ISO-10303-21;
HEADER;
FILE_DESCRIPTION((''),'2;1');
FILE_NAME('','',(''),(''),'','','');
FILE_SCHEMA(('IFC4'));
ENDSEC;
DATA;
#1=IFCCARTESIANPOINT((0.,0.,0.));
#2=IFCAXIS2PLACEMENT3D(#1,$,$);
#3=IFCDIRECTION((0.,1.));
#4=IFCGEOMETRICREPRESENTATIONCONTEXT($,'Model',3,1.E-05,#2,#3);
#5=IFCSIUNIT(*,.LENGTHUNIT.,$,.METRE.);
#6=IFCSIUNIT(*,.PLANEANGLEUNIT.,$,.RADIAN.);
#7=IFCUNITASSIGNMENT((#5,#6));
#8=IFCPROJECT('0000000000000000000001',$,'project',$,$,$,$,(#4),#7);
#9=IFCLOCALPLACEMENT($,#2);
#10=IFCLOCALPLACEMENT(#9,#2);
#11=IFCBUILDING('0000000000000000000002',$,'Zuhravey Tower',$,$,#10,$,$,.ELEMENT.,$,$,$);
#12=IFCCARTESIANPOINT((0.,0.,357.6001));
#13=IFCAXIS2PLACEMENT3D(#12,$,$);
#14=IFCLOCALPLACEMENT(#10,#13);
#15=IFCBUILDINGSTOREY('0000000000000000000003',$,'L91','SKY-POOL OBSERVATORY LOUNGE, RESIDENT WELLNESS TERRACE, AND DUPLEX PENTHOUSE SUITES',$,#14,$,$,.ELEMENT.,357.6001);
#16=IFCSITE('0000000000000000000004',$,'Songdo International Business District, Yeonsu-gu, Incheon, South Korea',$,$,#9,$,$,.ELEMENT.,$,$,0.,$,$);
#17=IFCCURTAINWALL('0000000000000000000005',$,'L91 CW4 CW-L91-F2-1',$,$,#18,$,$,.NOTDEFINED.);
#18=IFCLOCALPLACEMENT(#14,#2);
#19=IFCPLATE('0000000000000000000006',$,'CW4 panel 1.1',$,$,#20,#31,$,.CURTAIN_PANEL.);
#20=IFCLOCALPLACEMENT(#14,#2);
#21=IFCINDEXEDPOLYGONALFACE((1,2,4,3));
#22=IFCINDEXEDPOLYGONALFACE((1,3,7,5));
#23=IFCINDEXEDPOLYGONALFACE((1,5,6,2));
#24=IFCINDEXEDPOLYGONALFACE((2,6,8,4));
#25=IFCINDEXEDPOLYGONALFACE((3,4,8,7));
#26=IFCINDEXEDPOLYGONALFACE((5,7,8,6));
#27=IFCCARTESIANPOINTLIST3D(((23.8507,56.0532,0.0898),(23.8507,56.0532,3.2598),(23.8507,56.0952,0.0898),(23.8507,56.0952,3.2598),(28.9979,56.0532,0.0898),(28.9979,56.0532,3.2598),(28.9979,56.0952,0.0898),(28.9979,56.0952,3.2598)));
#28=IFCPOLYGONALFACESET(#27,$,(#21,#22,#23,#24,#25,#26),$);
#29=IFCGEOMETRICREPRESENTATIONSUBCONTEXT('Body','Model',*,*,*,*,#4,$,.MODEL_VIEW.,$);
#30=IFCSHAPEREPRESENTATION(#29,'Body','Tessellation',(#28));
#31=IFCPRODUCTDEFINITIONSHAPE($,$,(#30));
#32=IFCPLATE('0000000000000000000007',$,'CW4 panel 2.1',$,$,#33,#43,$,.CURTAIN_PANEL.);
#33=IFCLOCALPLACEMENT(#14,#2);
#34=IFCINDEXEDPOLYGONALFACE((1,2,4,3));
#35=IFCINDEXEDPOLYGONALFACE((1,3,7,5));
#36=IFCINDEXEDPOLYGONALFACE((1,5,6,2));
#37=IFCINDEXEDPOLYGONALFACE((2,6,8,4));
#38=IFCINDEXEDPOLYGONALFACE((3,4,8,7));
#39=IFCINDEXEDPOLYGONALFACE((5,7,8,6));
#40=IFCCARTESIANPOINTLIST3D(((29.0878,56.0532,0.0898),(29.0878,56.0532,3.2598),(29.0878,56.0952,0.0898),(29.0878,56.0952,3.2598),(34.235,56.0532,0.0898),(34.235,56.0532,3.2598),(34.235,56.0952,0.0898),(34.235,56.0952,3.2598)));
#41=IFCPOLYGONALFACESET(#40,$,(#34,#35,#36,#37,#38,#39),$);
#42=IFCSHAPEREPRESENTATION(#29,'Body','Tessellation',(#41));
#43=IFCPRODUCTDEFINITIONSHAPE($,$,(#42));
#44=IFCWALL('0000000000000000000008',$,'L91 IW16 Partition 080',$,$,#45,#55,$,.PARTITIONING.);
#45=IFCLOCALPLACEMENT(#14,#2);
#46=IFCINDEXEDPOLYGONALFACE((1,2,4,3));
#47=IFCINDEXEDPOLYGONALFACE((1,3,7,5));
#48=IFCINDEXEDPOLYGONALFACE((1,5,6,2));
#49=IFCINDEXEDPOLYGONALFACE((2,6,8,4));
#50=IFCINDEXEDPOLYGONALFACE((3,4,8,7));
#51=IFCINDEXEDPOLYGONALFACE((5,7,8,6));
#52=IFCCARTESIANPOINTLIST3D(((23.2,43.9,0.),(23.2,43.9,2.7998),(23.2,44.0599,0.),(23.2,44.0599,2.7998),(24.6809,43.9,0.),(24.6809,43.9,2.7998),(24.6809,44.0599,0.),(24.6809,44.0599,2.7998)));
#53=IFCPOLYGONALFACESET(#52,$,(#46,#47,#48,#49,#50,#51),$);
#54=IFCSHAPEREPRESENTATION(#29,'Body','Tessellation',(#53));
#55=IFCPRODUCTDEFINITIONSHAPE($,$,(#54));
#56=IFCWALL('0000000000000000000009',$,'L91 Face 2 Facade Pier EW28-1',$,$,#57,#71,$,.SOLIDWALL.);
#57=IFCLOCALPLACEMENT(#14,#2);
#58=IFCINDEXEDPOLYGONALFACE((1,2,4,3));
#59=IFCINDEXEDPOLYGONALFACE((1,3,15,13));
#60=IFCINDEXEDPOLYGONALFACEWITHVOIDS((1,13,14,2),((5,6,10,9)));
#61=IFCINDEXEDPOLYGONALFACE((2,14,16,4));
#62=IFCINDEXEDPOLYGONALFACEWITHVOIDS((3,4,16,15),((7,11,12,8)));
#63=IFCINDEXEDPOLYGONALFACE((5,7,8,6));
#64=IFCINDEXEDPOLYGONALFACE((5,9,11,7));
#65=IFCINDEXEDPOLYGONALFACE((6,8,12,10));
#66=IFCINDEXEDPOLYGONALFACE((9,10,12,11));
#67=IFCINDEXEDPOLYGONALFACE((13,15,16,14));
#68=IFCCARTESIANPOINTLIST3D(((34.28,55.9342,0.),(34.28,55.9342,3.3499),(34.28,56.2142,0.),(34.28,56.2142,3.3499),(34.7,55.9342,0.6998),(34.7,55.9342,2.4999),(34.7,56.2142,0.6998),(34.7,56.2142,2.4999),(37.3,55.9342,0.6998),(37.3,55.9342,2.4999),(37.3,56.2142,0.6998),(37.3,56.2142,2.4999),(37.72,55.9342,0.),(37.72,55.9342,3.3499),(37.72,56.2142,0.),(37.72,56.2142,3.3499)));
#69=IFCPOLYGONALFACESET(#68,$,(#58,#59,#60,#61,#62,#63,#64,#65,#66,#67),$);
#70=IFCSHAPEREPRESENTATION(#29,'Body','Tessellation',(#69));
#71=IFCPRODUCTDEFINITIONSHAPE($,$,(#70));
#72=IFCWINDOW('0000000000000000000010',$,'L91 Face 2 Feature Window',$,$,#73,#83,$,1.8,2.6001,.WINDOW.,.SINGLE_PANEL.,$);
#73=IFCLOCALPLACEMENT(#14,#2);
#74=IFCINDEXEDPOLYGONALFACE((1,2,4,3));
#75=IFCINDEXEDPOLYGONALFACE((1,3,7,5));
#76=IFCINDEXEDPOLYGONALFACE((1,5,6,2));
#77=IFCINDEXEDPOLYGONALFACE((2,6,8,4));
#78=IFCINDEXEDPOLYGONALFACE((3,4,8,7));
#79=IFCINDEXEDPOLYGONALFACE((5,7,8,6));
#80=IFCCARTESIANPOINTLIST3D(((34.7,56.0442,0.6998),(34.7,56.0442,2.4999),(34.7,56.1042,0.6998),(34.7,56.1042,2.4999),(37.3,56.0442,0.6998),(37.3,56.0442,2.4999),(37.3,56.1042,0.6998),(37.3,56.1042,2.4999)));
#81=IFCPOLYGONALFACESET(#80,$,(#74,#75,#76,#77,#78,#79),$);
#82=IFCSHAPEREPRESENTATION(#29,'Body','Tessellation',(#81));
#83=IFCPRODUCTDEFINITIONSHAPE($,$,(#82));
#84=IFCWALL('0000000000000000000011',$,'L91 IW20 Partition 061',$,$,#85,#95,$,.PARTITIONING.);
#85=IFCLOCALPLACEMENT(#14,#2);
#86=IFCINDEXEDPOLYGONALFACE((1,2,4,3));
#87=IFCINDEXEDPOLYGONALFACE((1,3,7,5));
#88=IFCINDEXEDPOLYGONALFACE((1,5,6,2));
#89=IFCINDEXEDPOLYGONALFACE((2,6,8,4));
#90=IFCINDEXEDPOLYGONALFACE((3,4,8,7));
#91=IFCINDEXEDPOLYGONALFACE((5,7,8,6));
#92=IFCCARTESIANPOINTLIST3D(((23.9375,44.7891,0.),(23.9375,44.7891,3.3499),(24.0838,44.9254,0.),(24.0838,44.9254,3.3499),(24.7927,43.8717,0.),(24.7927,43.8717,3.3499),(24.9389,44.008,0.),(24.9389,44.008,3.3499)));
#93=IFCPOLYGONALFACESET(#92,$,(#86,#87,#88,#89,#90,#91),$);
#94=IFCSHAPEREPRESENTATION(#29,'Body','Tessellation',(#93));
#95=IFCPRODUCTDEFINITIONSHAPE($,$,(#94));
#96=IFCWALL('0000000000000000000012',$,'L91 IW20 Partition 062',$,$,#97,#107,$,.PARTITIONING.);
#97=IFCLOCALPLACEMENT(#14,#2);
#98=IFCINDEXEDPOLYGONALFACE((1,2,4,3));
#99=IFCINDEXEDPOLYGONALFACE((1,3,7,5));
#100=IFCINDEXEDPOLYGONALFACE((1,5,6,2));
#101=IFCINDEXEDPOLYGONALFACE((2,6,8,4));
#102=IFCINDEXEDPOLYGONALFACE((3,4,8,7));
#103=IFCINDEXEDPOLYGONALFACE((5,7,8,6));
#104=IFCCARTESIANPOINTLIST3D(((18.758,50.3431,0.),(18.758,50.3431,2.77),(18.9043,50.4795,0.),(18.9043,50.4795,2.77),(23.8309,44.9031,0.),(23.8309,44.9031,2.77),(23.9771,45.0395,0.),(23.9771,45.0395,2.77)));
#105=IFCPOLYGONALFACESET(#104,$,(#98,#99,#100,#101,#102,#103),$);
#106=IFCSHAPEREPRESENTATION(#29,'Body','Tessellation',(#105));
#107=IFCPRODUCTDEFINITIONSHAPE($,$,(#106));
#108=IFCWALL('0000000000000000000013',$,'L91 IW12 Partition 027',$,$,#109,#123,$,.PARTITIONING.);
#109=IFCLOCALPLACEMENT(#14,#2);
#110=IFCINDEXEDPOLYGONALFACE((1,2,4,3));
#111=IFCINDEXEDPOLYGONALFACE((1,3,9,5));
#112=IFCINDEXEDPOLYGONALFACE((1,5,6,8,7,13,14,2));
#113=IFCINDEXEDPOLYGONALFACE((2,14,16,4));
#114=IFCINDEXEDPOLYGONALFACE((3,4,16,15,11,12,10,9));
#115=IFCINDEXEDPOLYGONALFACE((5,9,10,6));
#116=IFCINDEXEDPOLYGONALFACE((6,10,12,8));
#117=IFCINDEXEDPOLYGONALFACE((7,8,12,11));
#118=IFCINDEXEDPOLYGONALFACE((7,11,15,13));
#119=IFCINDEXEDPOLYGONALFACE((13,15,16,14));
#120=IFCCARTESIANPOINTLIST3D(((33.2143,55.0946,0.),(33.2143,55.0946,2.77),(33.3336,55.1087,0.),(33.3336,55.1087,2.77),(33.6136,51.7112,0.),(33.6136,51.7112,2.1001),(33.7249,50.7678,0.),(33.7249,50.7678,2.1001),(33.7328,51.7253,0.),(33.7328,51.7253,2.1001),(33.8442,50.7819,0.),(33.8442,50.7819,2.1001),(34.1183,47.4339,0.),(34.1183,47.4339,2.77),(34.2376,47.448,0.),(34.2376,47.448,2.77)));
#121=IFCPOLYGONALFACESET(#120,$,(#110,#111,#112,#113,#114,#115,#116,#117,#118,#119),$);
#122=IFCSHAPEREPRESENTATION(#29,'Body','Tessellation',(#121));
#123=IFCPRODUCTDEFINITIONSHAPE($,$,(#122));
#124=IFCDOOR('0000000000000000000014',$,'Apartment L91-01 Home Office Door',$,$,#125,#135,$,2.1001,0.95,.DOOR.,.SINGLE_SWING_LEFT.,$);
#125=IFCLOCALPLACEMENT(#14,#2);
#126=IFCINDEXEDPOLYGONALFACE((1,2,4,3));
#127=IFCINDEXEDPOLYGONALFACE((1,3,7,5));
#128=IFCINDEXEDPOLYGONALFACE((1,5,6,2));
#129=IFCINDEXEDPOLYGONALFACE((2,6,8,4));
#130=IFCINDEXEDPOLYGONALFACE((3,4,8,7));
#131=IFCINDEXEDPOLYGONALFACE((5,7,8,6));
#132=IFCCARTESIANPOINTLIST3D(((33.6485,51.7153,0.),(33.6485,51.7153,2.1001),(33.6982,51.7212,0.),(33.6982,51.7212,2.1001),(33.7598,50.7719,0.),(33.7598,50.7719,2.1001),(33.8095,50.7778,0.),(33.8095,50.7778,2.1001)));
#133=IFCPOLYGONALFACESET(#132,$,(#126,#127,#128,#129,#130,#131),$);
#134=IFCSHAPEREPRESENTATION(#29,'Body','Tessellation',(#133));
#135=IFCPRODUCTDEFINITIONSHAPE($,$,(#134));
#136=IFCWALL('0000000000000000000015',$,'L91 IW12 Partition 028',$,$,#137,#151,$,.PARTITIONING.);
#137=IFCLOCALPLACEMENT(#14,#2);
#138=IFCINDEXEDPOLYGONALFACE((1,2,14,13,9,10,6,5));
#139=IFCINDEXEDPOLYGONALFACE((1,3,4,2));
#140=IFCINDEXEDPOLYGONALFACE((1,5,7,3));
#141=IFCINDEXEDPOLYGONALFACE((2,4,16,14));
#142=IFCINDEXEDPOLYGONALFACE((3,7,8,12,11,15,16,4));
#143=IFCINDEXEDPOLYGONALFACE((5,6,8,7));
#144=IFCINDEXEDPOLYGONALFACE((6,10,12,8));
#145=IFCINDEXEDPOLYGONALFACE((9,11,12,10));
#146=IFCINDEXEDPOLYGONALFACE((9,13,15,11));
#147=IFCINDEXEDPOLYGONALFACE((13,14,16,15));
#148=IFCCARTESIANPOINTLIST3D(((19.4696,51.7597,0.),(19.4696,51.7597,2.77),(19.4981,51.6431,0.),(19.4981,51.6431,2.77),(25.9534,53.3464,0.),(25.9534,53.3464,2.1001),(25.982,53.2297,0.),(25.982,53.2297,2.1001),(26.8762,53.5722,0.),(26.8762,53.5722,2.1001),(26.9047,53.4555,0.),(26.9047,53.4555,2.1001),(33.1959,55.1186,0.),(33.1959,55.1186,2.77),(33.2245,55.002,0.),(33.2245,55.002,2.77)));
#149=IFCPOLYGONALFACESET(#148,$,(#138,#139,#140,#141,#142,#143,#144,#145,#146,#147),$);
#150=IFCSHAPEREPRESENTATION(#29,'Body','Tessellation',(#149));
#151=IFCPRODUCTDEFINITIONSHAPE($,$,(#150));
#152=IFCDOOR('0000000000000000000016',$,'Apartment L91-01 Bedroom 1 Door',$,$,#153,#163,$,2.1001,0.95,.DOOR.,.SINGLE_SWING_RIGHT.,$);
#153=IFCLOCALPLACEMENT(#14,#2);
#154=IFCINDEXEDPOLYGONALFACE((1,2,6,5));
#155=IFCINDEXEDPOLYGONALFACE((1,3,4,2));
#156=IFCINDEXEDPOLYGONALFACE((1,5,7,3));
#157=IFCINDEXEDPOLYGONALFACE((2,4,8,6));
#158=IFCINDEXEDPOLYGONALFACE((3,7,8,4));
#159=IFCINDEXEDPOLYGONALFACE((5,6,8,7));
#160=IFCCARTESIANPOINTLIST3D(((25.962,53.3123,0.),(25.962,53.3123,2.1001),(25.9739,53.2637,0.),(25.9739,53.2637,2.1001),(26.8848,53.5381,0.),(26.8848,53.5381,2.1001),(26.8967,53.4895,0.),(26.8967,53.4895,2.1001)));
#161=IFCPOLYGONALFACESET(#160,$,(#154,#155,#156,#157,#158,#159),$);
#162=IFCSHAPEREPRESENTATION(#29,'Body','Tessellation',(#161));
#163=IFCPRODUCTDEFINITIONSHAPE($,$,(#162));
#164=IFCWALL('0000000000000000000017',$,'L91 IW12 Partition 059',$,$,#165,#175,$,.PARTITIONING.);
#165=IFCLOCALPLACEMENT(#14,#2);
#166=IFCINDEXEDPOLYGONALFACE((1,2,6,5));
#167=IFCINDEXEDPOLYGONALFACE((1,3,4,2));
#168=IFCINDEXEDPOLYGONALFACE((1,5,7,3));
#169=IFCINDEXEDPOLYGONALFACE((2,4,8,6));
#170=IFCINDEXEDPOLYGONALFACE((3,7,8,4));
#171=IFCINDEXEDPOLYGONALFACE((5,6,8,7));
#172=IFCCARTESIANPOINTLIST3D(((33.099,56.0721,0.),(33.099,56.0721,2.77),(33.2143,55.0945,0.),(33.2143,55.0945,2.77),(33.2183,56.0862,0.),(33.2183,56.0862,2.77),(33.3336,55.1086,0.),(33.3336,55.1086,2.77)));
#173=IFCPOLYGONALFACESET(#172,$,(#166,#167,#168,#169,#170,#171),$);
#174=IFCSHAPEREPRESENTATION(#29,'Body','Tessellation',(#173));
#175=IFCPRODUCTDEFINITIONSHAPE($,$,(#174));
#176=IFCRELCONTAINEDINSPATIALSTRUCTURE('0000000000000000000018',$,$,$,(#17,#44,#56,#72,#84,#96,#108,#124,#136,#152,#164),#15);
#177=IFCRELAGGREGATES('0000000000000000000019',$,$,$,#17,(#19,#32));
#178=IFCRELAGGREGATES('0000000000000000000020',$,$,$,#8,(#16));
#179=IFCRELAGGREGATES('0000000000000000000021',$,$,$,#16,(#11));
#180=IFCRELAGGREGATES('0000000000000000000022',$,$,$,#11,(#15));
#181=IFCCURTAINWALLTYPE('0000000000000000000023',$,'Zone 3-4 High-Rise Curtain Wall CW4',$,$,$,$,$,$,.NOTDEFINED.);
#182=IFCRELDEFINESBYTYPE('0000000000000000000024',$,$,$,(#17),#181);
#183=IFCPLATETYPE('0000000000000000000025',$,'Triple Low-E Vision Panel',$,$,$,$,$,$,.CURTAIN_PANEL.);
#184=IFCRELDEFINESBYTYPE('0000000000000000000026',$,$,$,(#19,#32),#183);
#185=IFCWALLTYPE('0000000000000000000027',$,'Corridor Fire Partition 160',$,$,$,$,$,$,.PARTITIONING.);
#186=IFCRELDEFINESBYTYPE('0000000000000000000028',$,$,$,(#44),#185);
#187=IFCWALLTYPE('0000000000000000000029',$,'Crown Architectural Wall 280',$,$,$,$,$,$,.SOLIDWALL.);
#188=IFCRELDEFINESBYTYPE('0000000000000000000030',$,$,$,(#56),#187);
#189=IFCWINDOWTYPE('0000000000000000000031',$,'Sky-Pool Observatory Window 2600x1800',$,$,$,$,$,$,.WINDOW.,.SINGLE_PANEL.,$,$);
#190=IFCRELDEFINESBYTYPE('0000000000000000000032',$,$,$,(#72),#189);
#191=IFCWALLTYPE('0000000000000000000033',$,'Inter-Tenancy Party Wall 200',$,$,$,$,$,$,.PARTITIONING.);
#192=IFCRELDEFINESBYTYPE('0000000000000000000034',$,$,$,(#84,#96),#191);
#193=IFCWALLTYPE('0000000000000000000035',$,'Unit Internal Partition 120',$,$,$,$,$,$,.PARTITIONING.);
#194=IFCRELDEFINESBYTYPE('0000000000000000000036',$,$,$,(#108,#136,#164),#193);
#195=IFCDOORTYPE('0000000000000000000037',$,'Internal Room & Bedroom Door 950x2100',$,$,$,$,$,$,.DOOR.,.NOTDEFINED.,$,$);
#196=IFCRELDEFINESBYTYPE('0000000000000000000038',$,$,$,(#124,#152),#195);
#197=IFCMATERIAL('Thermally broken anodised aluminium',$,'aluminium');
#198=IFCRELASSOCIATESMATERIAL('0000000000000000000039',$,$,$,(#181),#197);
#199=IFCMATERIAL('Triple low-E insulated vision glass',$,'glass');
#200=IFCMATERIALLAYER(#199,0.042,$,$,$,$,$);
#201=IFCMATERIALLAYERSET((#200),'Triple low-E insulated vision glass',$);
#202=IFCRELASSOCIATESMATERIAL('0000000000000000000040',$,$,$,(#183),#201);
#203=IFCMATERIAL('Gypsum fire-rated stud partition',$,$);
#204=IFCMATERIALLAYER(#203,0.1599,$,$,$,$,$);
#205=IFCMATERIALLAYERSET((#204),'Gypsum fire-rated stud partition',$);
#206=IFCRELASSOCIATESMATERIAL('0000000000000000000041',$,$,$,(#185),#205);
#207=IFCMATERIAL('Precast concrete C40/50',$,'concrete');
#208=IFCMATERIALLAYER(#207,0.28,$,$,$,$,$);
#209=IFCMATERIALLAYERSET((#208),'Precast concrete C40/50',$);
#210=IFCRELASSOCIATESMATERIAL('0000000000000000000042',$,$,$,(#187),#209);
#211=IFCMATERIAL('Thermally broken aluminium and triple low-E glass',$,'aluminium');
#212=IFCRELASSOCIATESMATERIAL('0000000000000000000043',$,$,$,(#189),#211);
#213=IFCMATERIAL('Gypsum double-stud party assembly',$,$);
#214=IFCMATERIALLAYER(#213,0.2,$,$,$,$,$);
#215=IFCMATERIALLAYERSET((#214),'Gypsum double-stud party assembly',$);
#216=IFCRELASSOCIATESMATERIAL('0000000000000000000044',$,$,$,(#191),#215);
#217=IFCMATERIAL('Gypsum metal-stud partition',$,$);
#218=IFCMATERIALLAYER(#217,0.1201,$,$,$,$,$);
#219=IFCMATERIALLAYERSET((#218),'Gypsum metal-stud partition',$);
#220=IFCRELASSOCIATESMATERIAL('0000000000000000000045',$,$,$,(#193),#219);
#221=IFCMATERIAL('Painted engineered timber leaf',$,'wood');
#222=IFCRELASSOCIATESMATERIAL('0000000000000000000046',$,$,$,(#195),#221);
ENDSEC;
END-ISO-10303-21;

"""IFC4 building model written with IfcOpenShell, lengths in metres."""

from ifc_helpers import new_model, si_unit, direction, frame, frame_2d, origin, origin_2d, place, context, subcontext, project, spatial, rectangle, extrude, material, layer, layer_set, type_object, element, fill, aggregate, save


model = new_model("IFC4")

# Units and contexts
model_context = context("Model", 3, precision=1e-05, world=origin(), true_north=direction((0.0, 1.0)))
body_context = subcontext(model_context, "Body", "Model", "MODEL_VIEW")
ifc_project = project(units=[si_unit("LENGTHUNIT", "METRE"), si_unit("PLANEANGLEUNIT", "RADIAN")], contexts=[model_context])

# Site, building, storey
site_placement = place(None, origin())
site = spatial("IfcSite", under=ifc_project, at=site_placement, Name="Songdo International Business District, Yeonsu-gu, Incheon, South Korea", CompositionType="ELEMENT", RefElevation=0.0)
building_placement = place(site_placement, origin())
building = spatial("IfcBuilding", under=site, at=building_placement, Name="Zuhravey Tower", CompositionType="ELEMENT")
storey_placement = place(building_placement, frame((0.0, 0.0, 357.6001)))
storey = spatial("IfcBuildingStorey", under=building, at=storey_placement, Name="L91", Description="SKY-POOL OBSERVATORY LOUNGE, RESIDENT WELLNESS TERRACE, AND DUPLEX PENTHOUSE SUITES", CompositionType="ELEMENT", Elevation=357.6001)

# Curtain wall
ifc_material_1 = material(Name="Thermally broken anodised aluminium", Category="aluminium")
curtain_wall_type = type_object("IfcCurtainWallType", Name="Zone 3-4 High-Rise Curtain Wall CW4", PredefinedType="NOTDEFINED", material=ifc_material_1)
curtain_wall_placement = place(storey_placement, origin())
curtain_wall = element("IfcCurtainWall", 1, at=curtain_wall_placement, inside=storey, type_object=curtain_wall_type, Name="L91 CW4 CW-L91-F2-1", PredefinedType="NOTDEFINED")

# Plates
ifc_material_2 = material(Name="Triple low-E insulated vision glass", Category="glass")
ifc_layer_1 = layer(ifc_material_2, 0.042)
ifc_layer_set_1 = layer_set([ifc_layer_1], Name="Triple low-E insulated vision glass")
plate_type_1 = type_object("IfcPlateType", Name="Triple Low-E Vision Panel", PredefinedType="CURTAIN_PANEL", material=ifc_layer_set_1)
plate_1_placement = place(storey_placement, frame((26.4243, 56.0742, 0.0898), z_axis=(0.0, 0.0, 1.0), x_axis=(1.0, 0.0, 0.0)))
plate_1 = element("IfcPlate", 2, at=plate_1_placement, type_object=plate_type_1, Name="CW4 panel 1.1", PredefinedType="CURTAIN_PANEL", context=body_context, shape_type="SweptSolid", body=[
    extrude(rectangle(XDim=5.1472, YDim=0.042, at=origin_2d()), origin(), (0.0, 0.0, 1.0), 3.1699),
])
plate_2_placement = place(storey_placement, frame((31.6614, 56.0742, 0.0898), z_axis=(0.0, 0.0, 1.0), x_axis=(1.0, 0.0, 0.0)))
plate_2 = element("IfcPlate", 3, at=plate_2_placement, type_object=plate_type_1, Name="CW4 panel 2.1", PredefinedType="CURTAIN_PANEL", context=body_context, shape_type="SweptSolid", body=[
    extrude(rectangle(XDim=5.1472, YDim=0.042, at=origin_2d()), origin(), (0.0, 0.0, 1.0), 3.1699),
])
aggregate(curtain_wall, [plate_1, plate_2])

# Wall
ifc_material_3 = material(Name="Gypsum fire-rated stud partition")
ifc_layer_2 = layer(ifc_material_3, 0.1599)
ifc_layer_set_2 = layer_set([ifc_layer_2], Name="Gypsum fire-rated stud partition")
wall_type_1 = type_object("IfcWallType", Name="Corridor Fire Partition 160", PredefinedType="PARTITIONING", material=ifc_layer_set_2)
wall_1_placement = place(storey_placement, frame((24.6809, 43.98, 0.0), z_axis=(0.0, 0.0, 1.0), x_axis=(-1.0, 0.0, 0.0)))
element("IfcWall", 4, at=wall_1_placement, inside=storey, type_object=wall_type_1, Name="L91 IW16 Partition 080", PredefinedType="PARTITIONING", context=body_context, shape_type="SweptSolid", body=[
    extrude(rectangle(XDim=1.481, YDim=0.1599, at=frame_2d((0.7405, 0.0))), origin(), (0.0, 0.0, 1.0), 2.7998),
])

# Wall, opening, window
ifc_material_4 = material(Name="Precast concrete C40/50", Category="concrete")
ifc_layer_3 = layer(ifc_material_4, 0.28)
ifc_layer_set_3 = layer_set([ifc_layer_3], Name="Precast concrete C40/50")
wall_type_2 = type_object("IfcWallType", Name="Crown Architectural Wall 280", PredefinedType="SOLIDWALL", material=ifc_layer_set_3)
wall_2_placement = place(storey_placement, frame((34.28, 56.0742, 0.0), z_axis=(0.0, 0.0, 1.0), x_axis=(1.0, 0.0, 0.0)))
wall_2 = element("IfcWall", 5, at=wall_2_placement, inside=storey, type_object=wall_type_2, Name="L91 Face 2 Facade Pier EW28-1", PredefinedType="SOLIDWALL", context=body_context, shape_type="SweptSolid", body=[
    extrude(rectangle(XDim=3.4399, YDim=0.28, at=frame_2d((1.72, 0.0))), origin(), (0.0, 0.0, 1.0), 3.3499),
])
opening_1_placement = place(wall_2_placement, frame((0.4199, 0.0, 0.7)))
opening_1 = element("IfcOpeningElement", 6, at=opening_1_placement, cuts=wall_2, PredefinedType="OPENING", context=body_context, shape_type="SweptSolid", body=[
    extrude(rectangle(XDim=2.6001, YDim=1.8, at=frame_2d((1.3, 0.8999))), frame((0.0, 0.1521, 0.0), z_axis=(0.0, -1.0, 0.0), x_axis=(1.0, 0.0, 0.0)), (0.0, 0.0, 1.0), 0.304),
])
ifc_material_5 = material(Name="Thermally broken aluminium and triple low-E glass", Category="aluminium")
window_type = type_object("IfcWindowType", Name="Sky-Pool Observatory Window 2600x1800", PartitioningType="SINGLE_PANEL", PredefinedType="WINDOW", material=ifc_material_5)
window_placement = place(opening_1_placement, origin())
window = element("IfcWindow", 7, at=window_placement, inside=storey, type_object=window_type, Name="L91 Face 2 Feature Window", OverallHeight=1.8, OverallWidth=2.6001, PartitioningType="SINGLE_PANEL", PredefinedType="WINDOW", context=body_context, shape_type="SweptSolid", body=[
    extrude(rectangle(XDim=2.6001, YDim=1.8, at=frame_2d((1.3, 0.8999))), frame((0.0, 0.03, 0.0), z_axis=(0.0, -1.0, 0.0), x_axis=(1.0, 0.0, 0.0)), (0.0, 0.0, 1.0), 0.0601),
])
fill(opening_1, window)

# Walls
ifc_material_6 = material(Name="Gypsum double-stud party assembly")
ifc_layer_4 = layer(ifc_material_6, 0.2)
ifc_layer_set_4 = layer_set([ifc_layer_4], Name="Gypsum double-stud party assembly")
wall_type_3 = type_object("IfcWallType", Name="Inter-Tenancy Party Wall 200", PredefinedType="PARTITIONING", material=ifc_layer_set_4)
wall_3_placement = place(storey_placement, frame((24.8657, 43.9399, 0.0), z_axis=(0.0, 0.0, 1.0), x_axis=(-0.681853, 0.731489, 0.0)))
element("IfcWall", 8, at=wall_3_placement, inside=storey, type_object=wall_type_3, Name="L91 IW20 Partition 061", PredefinedType="PARTITIONING", context=body_context, shape_type="SweptSolid", body=[
    extrude(rectangle(XDim=1.2542, YDim=0.2, at=frame_2d((0.627, 0.0))), origin(), (0.0, 0.0, 1.0), 3.3499),
])
wall_4_placement = place(storey_placement, frame((23.9041, 44.9712, 0.0), z_axis=(0.0, 0.0, 1.0), x_axis=(-0.681993, 0.731359, 0.0)))
element("IfcWall", 9, at=wall_4_placement, inside=storey, type_object=wall_type_3, Name="L91 IW20 Partition 062", PredefinedType="PARTITIONING", context=body_context, shape_type="SweptSolid", body=[
    extrude(rectangle(XDim=7.4382, YDim=0.2, at=frame_2d((3.7192, 0.0))), origin(), (0.0, 0.0, 1.0), 2.77),
])

# Walls, openings, doors
ifc_material_7 = material(Name="Gypsum metal-stud partition")
ifc_layer_5 = layer(ifc_material_7, 0.1201)
ifc_layer_set_5 = layer_set([ifc_layer_5], Name="Gypsum metal-stud partition")
wall_type_4 = type_object("IfcWallType", Name="Unit Internal Partition 120", PredefinedType="PARTITIONING", material=ifc_layer_set_5)
wall_5_placement = place(storey_placement, frame((34.178, 47.4409, 0.0), z_axis=(0.0, 0.0, 1.0), x_axis=(-0.117199, 0.993108, 0.0)))
wall_5 = element("IfcWall", 10, at=wall_5_placement, inside=storey, type_object=wall_type_4, Name="L91 IW12 Partition 027", PredefinedType="PARTITIONING", context=body_context, shape_type="SweptSolid", body=[
    extrude(rectangle(XDim=7.7139, YDim=0.1201, at=frame_2d((3.8569, 0.0))), origin(), (0.0, 0.0, 1.0), 2.77),
])
opening_2_placement = place(wall_5_placement, frame((3.3569, 0.0, 0.0)))
opening_2 = element("IfcOpeningElement", 11, at=opening_2_placement, cuts=wall_5, PredefinedType="OPENING", context=body_context, shape_type="SweptSolid", body=[
    extrude(rectangle(XDim=0.95, YDim=2.1001, at=frame_2d((0.4751, 1.05))), frame((0.0, 0.072, 0.0), z_axis=(0.0, -1.0, 0.0), x_axis=(1.0, 0.0, 0.0)), (0.0, 0.0, 1.0), 0.144),
])
ifc_material_8 = material(Name="Painted engineered timber leaf", Category="wood")
door_type = type_object("IfcDoorType", Name="Internal Room & Bedroom Door 950x2100", OperationType="NOTDEFINED", PredefinedType="DOOR", material=ifc_material_8)
door_1_placement = place(opening_2_placement, origin())
door_1 = element("IfcDoor", 12, at=door_1_placement, inside=storey, type_object=door_type, Name="Apartment L91-01 Home Office Door", OperationType="SINGLE_SWING_LEFT", OverallHeight=2.1001, OverallWidth=0.95, PredefinedType="DOOR", context=body_context, shape_type="SweptSolid", body=[
    extrude(rectangle(XDim=0.95, YDim=2.1001, at=frame_2d((0.4751, 1.05))), frame((0.0, 0.0249, 0.0), z_axis=(0.0, -1.0, 0.0), x_axis=(1.0, 0.0, 0.0)), (0.0, 0.0, 1.0), 0.05),
])
fill(opening_2, door_1)
wall_6_placement = place(storey_placement, frame((33.2102, 55.0603, 0.0), z_axis=(0.0, 0.0, 1.0), x_axis=(-0.971341, -0.237691, 0.0)))
wall_6 = element("IfcWall", 13, at=wall_6_placement, inside=storey, type_object=wall_type_4, Name="L91 IW12 Partition 028", PredefinedType="PARTITIONING", context=body_context, shape_type="SweptSolid", body=[
    extrude(rectangle(XDim=14.1313, YDim=0.1201, at=frame_2d((7.0657, 0.0))), origin(), (0.0, 0.0, 1.0), 2.77),
])
opening_3_placement = place(wall_6_placement, frame((6.5061, 0.0, 0.0)))
opening_3 = element("IfcOpeningElement", 14, at=opening_3_placement, cuts=wall_6, PredefinedType="OPENING", context=body_context, shape_type="SweptSolid", body=[
    extrude(rectangle(XDim=0.95, YDim=2.1001, at=frame_2d((0.4751, 1.05))), frame((0.0, 0.072, 0.0), z_axis=(0.0, -1.0, 0.0), x_axis=(1.0, 0.0, 0.0)), (0.0, 0.0, 1.0), 0.144),
])
door_2_placement = place(opening_3_placement, frame((0.95, 0.0, 0.0), z_axis=(0.0, 0.0, 1.0), x_axis=(-1.0, 0.0, 0.0)))
door_2 = element("IfcDoor", 15, at=door_2_placement, inside=storey, type_object=door_type, Name="Apartment L91-01 Bedroom 1 Door", OperationType="SINGLE_SWING_RIGHT", OverallHeight=2.1001, OverallWidth=0.95, PredefinedType="DOOR", context=body_context, shape_type="SweptSolid", body=[
    extrude(rectangle(XDim=0.95, YDim=2.1001, at=frame_2d((0.4751, 1.05))), frame((0.0, 0.0249, 0.0), z_axis=(0.0, -1.0, 0.0), x_axis=(1.0, 0.0, 0.0)), (0.0, 0.0, 1.0), 0.05),
])
fill(opening_3, door_2)

# Wall
wall_7_placement = place(storey_placement, frame((33.2739, 55.1016, 0.0), z_axis=(0.0, 0.0, 1.0), x_axis=(-0.117072, 0.993123, 0.0)))
element("IfcWall", 16, at=wall_7_placement, inside=storey, type_object=wall_type_4, Name="L91 IW12 Partition 059", PredefinedType="PARTITIONING", context=body_context, shape_type="SweptSolid", body=[
    extrude(rectangle(XDim=0.9844, YDim=0.1201, at=frame_2d((0.4922, 0.0))), origin(), (0.0, 0.0, 1.0), 2.77),
])

save(model, "model.ifc")
